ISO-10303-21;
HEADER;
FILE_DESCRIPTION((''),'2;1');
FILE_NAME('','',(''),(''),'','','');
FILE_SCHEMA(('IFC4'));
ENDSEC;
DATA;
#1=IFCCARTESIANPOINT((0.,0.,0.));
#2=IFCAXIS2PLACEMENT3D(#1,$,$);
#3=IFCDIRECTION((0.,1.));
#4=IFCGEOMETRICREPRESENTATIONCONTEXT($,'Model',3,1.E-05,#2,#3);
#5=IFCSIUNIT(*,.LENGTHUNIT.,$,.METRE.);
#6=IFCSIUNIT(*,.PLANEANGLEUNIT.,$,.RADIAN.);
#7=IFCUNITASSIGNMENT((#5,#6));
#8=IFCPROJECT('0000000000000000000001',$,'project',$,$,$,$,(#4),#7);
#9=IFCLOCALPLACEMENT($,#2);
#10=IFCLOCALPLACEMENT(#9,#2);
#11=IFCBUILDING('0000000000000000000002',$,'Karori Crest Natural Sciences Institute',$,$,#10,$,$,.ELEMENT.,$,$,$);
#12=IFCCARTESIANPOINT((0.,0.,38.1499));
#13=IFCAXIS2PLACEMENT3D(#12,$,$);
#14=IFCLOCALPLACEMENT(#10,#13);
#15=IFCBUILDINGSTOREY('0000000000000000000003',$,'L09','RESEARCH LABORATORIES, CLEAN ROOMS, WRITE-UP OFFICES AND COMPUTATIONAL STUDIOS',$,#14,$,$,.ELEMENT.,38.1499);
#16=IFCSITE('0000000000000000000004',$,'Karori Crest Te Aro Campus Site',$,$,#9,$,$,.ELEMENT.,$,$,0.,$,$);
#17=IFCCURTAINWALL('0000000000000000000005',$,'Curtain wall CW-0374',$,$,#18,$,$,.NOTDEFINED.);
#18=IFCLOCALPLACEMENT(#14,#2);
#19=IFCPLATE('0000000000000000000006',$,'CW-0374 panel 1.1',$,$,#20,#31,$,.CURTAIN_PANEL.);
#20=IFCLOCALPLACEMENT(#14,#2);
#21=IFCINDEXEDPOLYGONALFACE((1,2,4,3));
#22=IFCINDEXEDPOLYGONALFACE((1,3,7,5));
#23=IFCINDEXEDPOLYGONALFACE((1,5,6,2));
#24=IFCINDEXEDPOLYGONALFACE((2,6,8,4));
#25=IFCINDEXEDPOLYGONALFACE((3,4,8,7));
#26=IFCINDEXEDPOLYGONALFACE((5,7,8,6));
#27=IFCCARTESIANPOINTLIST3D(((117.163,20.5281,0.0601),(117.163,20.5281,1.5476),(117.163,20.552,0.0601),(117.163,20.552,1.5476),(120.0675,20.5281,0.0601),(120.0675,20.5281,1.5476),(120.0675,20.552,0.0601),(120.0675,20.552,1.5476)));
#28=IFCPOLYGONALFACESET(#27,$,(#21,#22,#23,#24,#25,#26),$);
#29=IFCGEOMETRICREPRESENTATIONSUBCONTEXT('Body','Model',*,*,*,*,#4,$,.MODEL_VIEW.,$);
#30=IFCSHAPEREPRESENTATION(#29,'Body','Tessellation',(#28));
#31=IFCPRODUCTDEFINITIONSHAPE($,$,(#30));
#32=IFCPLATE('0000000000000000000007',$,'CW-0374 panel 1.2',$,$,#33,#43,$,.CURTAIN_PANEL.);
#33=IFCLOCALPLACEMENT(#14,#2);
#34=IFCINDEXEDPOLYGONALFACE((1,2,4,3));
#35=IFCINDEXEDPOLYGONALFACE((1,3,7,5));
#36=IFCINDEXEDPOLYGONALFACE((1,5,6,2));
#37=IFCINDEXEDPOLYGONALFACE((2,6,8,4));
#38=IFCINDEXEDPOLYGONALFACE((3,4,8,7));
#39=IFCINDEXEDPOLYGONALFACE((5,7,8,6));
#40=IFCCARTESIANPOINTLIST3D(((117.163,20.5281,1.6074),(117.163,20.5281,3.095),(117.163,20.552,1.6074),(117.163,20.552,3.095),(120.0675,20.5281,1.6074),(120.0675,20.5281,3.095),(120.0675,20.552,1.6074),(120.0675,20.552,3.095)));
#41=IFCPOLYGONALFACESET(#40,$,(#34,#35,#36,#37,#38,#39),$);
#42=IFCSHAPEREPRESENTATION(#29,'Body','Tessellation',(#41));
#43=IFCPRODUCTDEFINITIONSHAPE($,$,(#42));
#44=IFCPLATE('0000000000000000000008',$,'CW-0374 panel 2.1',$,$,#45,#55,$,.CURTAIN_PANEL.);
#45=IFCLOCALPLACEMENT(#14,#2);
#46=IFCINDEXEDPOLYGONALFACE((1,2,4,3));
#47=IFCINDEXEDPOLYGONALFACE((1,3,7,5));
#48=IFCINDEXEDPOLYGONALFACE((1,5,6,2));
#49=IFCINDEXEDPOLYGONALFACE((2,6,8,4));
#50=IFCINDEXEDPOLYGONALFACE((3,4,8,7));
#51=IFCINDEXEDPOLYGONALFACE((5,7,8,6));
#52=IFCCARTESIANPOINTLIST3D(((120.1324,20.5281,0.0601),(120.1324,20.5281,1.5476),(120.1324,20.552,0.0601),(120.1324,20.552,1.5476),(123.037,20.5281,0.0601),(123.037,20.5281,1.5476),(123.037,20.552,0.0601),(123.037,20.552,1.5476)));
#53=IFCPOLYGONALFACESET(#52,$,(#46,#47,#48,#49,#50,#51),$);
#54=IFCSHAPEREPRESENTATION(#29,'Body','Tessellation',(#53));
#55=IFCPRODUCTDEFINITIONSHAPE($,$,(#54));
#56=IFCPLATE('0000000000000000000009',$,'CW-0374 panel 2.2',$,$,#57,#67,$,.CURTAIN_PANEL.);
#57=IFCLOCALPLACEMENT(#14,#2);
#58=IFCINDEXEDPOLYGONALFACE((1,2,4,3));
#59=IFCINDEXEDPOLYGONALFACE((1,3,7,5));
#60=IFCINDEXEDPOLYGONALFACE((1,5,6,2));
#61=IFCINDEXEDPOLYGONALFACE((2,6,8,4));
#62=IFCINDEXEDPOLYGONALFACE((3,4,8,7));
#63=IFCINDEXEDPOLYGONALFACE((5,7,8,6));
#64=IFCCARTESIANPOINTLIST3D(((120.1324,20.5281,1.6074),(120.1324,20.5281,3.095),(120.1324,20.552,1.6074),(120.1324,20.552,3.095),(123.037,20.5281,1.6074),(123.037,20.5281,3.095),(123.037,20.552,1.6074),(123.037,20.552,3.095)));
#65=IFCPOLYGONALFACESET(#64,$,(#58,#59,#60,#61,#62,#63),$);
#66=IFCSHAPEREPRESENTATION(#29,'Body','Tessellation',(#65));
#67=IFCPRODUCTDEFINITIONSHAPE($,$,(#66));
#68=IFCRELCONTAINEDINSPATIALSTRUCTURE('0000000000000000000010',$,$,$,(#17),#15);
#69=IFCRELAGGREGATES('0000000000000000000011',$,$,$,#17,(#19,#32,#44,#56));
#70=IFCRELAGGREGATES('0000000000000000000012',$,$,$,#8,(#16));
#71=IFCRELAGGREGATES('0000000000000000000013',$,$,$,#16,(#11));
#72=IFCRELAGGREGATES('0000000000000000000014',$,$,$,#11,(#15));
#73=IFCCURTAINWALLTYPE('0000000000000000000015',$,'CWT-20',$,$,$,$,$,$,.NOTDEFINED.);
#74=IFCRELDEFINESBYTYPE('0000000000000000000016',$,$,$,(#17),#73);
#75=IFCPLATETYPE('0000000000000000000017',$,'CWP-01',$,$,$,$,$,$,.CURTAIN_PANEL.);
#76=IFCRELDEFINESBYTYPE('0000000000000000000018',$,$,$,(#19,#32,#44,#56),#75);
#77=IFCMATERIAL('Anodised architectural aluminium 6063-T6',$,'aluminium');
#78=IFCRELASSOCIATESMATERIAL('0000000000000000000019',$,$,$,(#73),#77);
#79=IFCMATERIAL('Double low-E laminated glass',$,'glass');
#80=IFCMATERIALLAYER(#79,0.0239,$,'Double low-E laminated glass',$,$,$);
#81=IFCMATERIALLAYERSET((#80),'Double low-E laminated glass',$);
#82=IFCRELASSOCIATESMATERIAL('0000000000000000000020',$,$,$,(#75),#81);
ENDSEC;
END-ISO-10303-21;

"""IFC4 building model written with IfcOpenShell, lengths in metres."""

from ifc_helpers import new_model, si_unit, direction, frame, origin, origin_2d, place, context, subcontext, project, spatial, rectangle, extrude, material, layer, layer_set, type_object, element, aggregate, save


model = new_model("IFC4")

# Units and contexts
model_context = context("Model", 3, precision=1e-05, world=origin(), true_north=direction((0.0, 1.0)))
body_context = subcontext(model_context, "Body", "Model", "MODEL_VIEW")
ifc_project = project(units=[si_unit("LENGTHUNIT", "METRE"), si_unit("PLANEANGLEUNIT", "RADIAN")], contexts=[model_context])

# Site, building, storey
site_placement = place(None, origin())
site = spatial("IfcSite", under=ifc_project, at=site_placement, Name="Karori Crest Te Aro Campus Site", CompositionType="ELEMENT", RefElevation=0.0)
building_placement = place(site_placement, origin())
building = spatial("IfcBuilding", under=site, at=building_placement, Name="Karori Crest Natural Sciences Institute", CompositionType="ELEMENT")
storey_placement = place(building_placement, frame((0.0, 0.0, 38.1499)))
storey = spatial("IfcBuildingStorey", under=building, at=storey_placement, Name="L09", Description="RESEARCH LABORATORIES, CLEAN ROOMS, WRITE-UP OFFICES AND COMPUTATIONAL STUDIOS", CompositionType="ELEMENT", Elevation=38.1499)

# Curtain wall
ifc_material_1 = material(Name="Anodised architectural aluminium 6063-T6", Category="aluminium")
curtain_wall_type = type_object("IfcCurtainWallType", Name="CWT-20", PredefinedType="NOTDEFINED", material=ifc_material_1)
curtain_wall_1_placement = place(storey_placement, origin())
curtain_wall_1 = element("IfcCurtainWall", 1, at=curtain_wall_1_placement, inside=storey, type_object=curtain_wall_type, Name="Curtain wall CW-0374", PredefinedType="NOTDEFINED")

# Plates
ifc_material_2 = material(Name="Double low-E laminated glass", Category="glass")
ifc_layer = layer(ifc_material_2, 0.0239, Name="Double low-E laminated glass")
ifc_layer_set = layer_set([ifc_layer], Name="Double low-E laminated glass")
plate_type = type_object("IfcPlateType", Name="CWP-01", PredefinedType="CURTAIN_PANEL", material=ifc_layer_set)
plate_1_placement = place(storey_placement, frame((118.6152, 20.54, 0.0601), z_axis=(0.0, 0.0, 1.0), x_axis=(1.0, 0.0, 0.0)))
plate_1 = element("IfcPlate", 2, at=plate_1_placement, type_object=plate_type, Name="CW-0374 panel 1.1", PredefinedType="CURTAIN_PANEL", context=body_context, shape_type="SweptSolid", body=[
    extrude(rectangle(XDim=2.9045, YDim=0.0239, at=origin_2d()), origin(), (0.0, 0.0, 1.0), 1.4875),
])
plate_2_placement = place(storey_placement, frame((118.6152, 20.54, 1.6074), z_axis=(0.0, 0.0, 1.0), x_axis=(1.0, 0.0, 0.0)))
plate_2 = element("IfcPlate", 3, at=plate_2_placement, type_object=plate_type, Name="CW-0374 panel 1.2", PredefinedType="CURTAIN_PANEL", context=body_context, shape_type="SweptSolid", body=[
    extrude(rectangle(XDim=2.9045, YDim=0.0239, at=origin_2d()), origin(), (0.0, 0.0, 1.0), 1.4875),
])
plate_3_placement = place(storey_placement, frame((121.5847, 20.54, 0.0601), z_axis=(0.0, 0.0, 1.0), x_axis=(1.0, 0.0, 0.0)))
plate_3 = element("IfcPlate", 4, at=plate_3_placement, type_object=plate_type, Name="CW-0374 panel 2.1", PredefinedType="CURTAIN_PANEL", context=body_context, shape_type="SweptSolid", body=[
    extrude(rectangle(XDim=2.9045, YDim=0.0239, at=origin_2d()), origin(), (0.0, 0.0, 1.0), 1.4875),
])
plate_4_placement = place(storey_placement, frame((121.5847, 20.54, 1.6074), z_axis=(0.0, 0.0, 1.0), x_axis=(1.0, 0.0, 0.0)))
plate_4 = element("IfcPlate", 5, at=plate_4_placement, type_object=plate_type, Name="CW-0374 panel 2.2", PredefinedType="CURTAIN_PANEL", context=body_context, shape_type="SweptSolid", body=[
    extrude(rectangle(XDim=2.9045, YDim=0.0239, at=origin_2d()), origin(), (0.0, 0.0, 1.0), 1.4875),
])
aggregate(curtain_wall_1, [plate_1, plate_2, plate_3, plate_4])

save(model, "model.ifc")
